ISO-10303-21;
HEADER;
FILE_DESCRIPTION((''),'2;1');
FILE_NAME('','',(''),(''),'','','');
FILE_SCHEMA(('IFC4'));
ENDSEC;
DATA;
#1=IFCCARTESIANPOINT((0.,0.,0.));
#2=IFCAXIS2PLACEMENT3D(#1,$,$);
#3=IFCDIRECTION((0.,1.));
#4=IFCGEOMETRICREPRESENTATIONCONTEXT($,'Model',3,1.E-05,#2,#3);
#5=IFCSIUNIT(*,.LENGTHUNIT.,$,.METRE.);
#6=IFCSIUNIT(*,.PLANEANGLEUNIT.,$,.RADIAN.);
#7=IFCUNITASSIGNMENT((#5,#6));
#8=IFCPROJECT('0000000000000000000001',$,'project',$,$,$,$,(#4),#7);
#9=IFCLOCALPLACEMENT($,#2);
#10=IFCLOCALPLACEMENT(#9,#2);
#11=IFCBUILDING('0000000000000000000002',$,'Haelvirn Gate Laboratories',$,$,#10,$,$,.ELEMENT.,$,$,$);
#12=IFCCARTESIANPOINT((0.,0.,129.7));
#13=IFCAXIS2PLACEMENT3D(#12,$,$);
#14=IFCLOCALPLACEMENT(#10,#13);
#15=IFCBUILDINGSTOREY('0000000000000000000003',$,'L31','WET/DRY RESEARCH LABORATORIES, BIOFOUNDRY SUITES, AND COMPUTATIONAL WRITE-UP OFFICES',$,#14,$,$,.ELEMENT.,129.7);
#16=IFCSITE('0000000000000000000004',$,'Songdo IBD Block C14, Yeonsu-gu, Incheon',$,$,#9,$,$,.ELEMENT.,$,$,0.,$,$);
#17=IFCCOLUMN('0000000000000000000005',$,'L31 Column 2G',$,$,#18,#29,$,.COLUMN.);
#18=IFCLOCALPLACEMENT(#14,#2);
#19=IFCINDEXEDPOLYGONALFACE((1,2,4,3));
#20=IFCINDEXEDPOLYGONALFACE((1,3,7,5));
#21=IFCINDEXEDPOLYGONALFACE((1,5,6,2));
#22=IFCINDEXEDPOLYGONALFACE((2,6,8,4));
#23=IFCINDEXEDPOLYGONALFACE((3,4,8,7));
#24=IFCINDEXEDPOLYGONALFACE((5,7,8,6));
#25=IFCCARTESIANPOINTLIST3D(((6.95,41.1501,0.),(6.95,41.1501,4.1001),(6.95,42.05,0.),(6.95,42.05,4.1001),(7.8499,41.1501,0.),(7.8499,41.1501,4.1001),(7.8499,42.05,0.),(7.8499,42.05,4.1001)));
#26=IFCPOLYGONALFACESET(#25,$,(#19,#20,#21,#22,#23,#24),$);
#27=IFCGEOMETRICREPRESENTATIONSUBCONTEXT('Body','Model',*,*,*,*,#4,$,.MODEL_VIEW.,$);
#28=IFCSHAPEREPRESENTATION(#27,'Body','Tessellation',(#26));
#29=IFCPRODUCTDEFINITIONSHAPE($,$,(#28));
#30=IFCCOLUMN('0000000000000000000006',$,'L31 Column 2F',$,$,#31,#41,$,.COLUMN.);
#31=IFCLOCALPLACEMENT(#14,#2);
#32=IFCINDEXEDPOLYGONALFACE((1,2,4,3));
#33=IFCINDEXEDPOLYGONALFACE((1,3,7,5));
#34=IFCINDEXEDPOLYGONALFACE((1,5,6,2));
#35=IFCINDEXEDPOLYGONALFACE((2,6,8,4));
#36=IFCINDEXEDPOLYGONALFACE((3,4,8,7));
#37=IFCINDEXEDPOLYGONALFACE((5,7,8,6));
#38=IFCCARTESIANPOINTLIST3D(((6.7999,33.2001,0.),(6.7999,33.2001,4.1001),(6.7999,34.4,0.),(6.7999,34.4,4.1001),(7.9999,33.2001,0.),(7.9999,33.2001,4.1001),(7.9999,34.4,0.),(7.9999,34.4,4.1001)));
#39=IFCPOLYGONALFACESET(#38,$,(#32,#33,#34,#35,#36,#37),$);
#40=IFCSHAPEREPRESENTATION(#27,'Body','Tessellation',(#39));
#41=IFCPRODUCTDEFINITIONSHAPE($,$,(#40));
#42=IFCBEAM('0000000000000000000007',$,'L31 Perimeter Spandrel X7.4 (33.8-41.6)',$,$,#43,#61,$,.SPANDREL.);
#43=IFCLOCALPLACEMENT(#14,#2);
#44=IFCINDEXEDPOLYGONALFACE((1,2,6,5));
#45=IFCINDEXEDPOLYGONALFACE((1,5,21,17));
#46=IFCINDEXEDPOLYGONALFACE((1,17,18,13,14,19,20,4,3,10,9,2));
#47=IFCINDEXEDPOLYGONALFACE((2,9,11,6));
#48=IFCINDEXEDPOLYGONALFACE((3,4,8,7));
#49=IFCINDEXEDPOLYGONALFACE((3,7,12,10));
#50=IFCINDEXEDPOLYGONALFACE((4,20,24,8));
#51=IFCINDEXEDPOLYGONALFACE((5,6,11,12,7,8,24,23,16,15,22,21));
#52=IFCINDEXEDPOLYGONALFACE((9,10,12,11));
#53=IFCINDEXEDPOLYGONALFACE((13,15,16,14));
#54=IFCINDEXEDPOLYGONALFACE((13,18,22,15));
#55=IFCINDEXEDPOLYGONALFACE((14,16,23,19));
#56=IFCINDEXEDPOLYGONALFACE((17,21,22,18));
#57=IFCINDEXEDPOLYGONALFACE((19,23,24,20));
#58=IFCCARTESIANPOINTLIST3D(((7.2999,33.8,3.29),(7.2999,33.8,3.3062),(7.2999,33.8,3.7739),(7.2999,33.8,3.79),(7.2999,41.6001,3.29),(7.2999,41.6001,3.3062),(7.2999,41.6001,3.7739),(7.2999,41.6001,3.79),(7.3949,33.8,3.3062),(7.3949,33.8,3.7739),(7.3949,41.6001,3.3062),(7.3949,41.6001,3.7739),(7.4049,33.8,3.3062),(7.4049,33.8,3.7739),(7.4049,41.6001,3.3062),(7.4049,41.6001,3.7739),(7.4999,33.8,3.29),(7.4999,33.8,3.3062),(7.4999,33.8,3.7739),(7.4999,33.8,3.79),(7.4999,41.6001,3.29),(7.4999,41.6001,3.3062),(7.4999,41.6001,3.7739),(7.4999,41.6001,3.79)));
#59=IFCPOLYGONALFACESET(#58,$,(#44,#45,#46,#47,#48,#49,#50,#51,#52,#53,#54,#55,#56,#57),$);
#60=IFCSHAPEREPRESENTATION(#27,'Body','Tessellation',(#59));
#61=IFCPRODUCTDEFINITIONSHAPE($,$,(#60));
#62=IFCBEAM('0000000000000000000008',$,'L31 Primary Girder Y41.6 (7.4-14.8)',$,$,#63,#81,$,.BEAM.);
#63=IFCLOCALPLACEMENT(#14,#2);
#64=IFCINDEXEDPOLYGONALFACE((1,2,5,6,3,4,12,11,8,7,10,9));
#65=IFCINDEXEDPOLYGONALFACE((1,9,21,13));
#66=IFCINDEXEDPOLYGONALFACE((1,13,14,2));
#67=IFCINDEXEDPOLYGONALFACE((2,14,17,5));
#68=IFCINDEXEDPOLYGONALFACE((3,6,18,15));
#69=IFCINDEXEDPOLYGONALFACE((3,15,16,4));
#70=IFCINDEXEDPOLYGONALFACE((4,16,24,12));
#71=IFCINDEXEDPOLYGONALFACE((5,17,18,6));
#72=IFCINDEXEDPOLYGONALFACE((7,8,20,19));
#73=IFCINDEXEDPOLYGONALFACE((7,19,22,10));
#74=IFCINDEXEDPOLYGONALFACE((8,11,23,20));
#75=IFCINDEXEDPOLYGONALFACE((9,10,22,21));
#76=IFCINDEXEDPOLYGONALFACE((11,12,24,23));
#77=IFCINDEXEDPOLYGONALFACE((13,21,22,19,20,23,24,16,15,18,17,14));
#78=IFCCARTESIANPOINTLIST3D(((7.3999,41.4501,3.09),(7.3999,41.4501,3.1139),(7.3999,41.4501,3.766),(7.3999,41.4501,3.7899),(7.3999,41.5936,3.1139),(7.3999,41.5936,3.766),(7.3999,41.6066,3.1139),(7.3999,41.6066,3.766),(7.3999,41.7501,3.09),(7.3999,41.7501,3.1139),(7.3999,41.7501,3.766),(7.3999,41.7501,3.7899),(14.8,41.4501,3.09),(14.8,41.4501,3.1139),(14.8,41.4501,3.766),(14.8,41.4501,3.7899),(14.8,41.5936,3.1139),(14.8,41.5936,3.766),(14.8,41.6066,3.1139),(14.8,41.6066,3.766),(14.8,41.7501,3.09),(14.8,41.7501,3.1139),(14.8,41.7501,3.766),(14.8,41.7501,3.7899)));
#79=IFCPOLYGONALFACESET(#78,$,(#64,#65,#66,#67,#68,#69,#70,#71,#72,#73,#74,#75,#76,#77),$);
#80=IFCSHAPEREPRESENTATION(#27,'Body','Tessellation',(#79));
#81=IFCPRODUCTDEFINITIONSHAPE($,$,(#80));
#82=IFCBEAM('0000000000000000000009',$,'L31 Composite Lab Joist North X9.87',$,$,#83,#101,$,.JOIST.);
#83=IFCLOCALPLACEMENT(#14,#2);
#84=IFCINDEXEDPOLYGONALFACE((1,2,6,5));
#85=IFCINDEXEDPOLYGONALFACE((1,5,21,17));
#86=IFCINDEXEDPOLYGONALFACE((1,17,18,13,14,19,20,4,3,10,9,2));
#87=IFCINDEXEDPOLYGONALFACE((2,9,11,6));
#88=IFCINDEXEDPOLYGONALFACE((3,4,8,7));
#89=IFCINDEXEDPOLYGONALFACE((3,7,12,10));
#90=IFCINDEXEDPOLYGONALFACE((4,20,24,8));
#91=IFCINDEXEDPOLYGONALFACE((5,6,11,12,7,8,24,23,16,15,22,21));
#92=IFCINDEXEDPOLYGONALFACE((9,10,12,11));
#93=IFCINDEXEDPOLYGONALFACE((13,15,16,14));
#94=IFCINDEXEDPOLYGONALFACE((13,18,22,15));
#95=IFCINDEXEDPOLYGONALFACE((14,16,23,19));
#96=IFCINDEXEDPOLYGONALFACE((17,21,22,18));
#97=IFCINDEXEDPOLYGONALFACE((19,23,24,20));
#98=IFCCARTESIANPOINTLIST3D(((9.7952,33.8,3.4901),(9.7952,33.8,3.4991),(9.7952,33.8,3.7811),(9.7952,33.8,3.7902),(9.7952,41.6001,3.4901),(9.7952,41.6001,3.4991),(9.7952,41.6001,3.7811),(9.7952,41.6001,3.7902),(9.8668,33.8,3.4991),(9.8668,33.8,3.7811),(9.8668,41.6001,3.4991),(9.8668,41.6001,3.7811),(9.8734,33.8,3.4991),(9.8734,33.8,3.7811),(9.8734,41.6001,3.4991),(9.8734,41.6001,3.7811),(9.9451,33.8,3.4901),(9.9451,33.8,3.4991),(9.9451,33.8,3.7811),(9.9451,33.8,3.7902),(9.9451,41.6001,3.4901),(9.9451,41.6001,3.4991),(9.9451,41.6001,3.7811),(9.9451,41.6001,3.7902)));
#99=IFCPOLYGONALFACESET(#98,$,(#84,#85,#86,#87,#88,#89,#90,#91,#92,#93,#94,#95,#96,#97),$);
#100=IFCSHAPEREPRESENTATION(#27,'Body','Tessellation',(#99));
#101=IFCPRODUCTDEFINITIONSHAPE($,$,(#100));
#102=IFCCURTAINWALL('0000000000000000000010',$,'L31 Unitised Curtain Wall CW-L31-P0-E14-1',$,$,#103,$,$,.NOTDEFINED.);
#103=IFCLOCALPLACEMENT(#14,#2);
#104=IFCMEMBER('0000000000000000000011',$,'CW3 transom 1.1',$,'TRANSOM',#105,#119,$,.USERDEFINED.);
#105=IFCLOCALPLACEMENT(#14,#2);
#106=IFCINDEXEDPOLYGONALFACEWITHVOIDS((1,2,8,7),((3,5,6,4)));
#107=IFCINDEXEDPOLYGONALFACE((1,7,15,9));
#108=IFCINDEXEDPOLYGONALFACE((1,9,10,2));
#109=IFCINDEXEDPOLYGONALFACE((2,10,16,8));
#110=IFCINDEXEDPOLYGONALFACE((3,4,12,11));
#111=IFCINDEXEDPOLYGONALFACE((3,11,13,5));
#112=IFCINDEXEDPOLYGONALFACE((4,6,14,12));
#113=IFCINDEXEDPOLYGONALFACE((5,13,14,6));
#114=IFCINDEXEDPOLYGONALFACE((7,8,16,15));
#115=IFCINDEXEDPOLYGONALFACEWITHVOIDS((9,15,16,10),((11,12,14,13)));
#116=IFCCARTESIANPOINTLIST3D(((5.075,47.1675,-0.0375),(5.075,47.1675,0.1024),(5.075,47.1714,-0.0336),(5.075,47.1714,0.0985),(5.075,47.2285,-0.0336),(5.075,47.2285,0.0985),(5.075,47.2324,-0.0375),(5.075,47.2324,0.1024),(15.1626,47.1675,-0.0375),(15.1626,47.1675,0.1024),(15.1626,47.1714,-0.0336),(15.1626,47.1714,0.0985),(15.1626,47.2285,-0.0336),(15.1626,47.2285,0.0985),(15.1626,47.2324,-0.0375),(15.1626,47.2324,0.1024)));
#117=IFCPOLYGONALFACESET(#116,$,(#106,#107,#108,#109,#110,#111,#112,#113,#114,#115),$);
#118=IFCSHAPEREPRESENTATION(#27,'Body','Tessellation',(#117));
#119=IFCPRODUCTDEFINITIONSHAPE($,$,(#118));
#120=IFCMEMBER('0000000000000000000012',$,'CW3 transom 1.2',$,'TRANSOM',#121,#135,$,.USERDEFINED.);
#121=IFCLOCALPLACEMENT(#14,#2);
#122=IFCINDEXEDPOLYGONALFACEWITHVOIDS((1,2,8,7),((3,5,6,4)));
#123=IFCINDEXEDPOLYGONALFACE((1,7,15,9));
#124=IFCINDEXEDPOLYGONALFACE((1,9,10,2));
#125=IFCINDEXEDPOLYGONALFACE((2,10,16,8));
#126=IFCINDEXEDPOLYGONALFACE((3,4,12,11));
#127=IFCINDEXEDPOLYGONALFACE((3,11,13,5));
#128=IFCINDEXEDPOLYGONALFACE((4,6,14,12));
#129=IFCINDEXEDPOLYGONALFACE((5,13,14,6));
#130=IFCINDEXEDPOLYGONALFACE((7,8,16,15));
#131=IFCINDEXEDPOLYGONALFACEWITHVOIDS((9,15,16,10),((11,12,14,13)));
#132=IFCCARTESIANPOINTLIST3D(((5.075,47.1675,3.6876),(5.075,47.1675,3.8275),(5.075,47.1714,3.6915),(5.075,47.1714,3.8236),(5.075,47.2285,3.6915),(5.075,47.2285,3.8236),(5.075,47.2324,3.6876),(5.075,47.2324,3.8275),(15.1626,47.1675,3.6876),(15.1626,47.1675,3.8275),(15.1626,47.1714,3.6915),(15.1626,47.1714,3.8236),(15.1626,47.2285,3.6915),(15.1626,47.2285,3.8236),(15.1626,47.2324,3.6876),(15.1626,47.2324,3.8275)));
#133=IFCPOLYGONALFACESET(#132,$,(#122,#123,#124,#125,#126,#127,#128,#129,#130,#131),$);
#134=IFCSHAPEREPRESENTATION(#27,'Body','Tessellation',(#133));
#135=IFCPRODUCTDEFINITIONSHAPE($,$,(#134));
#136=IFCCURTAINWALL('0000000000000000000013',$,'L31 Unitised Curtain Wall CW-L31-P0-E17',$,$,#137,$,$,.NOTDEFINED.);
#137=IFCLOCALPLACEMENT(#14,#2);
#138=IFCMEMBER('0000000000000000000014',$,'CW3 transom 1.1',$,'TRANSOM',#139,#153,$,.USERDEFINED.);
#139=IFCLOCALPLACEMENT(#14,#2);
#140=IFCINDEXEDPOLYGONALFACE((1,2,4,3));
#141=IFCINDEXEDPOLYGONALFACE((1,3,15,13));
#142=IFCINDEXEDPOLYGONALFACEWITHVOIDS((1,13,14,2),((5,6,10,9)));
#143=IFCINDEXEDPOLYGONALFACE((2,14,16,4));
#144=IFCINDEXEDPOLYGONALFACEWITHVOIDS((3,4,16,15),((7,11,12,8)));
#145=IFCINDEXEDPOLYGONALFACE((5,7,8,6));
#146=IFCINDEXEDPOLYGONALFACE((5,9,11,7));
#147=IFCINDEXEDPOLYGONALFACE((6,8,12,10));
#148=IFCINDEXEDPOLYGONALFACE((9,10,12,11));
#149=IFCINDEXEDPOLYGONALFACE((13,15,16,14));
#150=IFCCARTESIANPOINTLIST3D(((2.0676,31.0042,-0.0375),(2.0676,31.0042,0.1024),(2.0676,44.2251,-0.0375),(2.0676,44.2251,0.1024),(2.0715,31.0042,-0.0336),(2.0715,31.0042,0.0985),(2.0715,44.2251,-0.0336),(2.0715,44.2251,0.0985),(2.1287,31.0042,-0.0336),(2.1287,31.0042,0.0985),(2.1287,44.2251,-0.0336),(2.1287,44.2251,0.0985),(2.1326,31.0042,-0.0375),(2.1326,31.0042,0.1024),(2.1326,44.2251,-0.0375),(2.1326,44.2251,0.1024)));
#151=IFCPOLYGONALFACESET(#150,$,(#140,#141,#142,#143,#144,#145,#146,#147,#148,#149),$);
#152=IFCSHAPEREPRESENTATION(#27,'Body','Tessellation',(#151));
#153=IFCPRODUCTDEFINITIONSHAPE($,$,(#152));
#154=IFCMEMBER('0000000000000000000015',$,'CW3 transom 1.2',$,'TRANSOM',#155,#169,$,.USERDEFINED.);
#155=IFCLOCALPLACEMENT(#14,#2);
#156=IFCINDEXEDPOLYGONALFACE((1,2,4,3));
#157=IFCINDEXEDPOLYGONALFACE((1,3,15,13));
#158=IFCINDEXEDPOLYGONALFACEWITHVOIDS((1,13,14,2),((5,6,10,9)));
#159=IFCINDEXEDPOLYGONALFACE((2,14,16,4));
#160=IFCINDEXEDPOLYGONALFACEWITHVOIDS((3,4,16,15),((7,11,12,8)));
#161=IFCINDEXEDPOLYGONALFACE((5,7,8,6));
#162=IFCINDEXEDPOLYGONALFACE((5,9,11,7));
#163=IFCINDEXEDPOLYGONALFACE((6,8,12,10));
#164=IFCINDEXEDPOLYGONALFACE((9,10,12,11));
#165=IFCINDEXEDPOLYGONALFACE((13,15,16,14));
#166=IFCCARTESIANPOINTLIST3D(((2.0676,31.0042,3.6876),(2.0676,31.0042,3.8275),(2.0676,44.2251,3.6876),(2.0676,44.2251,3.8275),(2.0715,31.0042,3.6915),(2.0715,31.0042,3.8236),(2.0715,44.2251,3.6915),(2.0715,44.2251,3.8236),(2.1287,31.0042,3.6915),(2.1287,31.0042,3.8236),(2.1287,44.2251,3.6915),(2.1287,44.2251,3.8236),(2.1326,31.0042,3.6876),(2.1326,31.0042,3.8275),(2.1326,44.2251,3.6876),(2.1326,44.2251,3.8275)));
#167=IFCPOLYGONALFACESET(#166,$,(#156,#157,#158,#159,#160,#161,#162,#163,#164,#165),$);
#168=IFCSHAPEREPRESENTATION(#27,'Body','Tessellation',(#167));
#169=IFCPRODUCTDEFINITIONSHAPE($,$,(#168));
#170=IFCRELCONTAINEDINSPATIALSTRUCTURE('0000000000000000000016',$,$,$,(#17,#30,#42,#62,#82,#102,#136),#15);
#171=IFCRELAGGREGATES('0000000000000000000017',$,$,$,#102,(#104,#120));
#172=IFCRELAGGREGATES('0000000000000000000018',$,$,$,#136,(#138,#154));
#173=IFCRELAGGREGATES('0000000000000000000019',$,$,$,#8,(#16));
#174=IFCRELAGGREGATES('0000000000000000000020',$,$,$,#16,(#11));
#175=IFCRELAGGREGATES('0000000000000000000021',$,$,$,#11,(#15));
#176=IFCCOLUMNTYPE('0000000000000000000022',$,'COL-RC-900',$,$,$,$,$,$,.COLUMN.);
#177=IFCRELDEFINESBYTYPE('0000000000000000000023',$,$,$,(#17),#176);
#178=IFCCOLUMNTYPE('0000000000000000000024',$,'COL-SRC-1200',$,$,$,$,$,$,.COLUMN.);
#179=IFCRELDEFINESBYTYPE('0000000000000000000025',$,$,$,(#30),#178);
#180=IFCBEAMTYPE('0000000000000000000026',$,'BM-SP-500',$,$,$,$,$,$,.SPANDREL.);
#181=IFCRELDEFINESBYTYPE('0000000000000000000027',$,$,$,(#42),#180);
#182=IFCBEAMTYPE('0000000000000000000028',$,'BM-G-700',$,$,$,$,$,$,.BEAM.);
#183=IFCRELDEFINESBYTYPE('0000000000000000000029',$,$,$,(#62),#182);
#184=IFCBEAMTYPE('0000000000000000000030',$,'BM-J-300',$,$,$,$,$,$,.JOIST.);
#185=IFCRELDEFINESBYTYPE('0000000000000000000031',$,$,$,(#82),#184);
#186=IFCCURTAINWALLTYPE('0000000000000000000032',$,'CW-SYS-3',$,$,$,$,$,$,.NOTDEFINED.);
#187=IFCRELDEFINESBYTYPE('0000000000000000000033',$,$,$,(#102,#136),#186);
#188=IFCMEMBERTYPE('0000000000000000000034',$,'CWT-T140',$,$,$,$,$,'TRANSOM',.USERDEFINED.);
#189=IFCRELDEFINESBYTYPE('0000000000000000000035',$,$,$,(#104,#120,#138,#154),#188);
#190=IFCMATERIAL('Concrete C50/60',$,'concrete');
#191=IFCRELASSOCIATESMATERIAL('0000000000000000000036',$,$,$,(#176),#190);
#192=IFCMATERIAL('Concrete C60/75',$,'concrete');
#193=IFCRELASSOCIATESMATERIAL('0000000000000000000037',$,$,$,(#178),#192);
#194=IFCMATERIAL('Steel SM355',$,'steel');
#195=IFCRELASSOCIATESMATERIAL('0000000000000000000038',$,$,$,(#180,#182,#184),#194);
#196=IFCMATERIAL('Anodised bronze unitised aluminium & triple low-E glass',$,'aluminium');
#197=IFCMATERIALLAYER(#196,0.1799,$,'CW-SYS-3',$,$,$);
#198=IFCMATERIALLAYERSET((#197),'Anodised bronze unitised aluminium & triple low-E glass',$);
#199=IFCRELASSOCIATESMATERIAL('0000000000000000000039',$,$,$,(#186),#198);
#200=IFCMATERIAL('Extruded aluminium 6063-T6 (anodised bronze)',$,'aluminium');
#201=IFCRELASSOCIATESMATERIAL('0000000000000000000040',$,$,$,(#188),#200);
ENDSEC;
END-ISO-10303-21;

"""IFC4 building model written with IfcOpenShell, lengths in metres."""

from ifc_helpers import new_model, si_unit, direction, frame, origin, origin_2d, place, context, subcontext, project, spatial, rectangle, hollow_rectangle, i_section, extrude, source, transform, mapped, material, layer, layer_set, material_profile, profile_set, type_object, type_shapes, element, aggregate, save


model = new_model("IFC4")

# Units and contexts
model_context = context("Model", 3, precision=1e-05, world=origin(), true_north=direction((0.0, 1.0)))
body_context = subcontext(model_context, "Body", "Model", "MODEL_VIEW")
ifc_project = project(units=[si_unit("LENGTHUNIT", "METRE"), si_unit("PLANEANGLEUNIT", "RADIAN")], contexts=[model_context])

# Site, building, storey
site_placement = place(None, origin())
site = spatial("IfcSite", under=ifc_project, at=site_placement, Name="Songdo IBD Block C14, Yeonsu-gu, Incheon", CompositionType="ELEMENT", RefElevation=0.0)
building_placement = place(site_placement, origin())
building = spatial("IfcBuilding", under=site, at=building_placement, Name="Haelvirn Gate Laboratories", CompositionType="ELEMENT")
storey_placement = place(building_placement, frame((0.0, 0.0, 129.7)))
storey = spatial("IfcBuildingStorey", under=building, at=storey_placement, Name="L31", Description="WET/DRY RESEARCH LABORATORIES, BIOFOUNDRY SUITES, AND COMPUTATIONAL WRITE-UP OFFICES", CompositionType="ELEMENT", Elevation=129.7)

# Columns
ifc_material_1 = material(Name="Concrete C50/60", Category="concrete")
ifc_material_profile_1 = material_profile(ifc_material_1, rectangle(XDim=0.8999, YDim=0.8999, at=origin_2d()), Name="RC-900x900")
ifc_profile_set_1 = profile_set([ifc_material_profile_1], Name="Concrete C50/60")
column_type_1 = type_object("IfcColumnType", Name="COL-RC-900", PredefinedType="COLUMN", material=ifc_profile_set_1)
shared_shape_1 = source(origin(), body_context, "Body", "SweptSolid", [
    extrude(rectangle(XDim=0.8999, YDim=0.8999, at=origin_2d()), origin(), (0.0, 0.0, 1.0), 4.1001),
])
type_shapes(column_type_1, [shared_shape_1])
column_1_placement = place(storey_placement, frame((7.3999, 41.6001, 0.0), z_axis=(0.0, 0.0, 1.0), x_axis=(1.0, 0.0, 0.0)))
element("IfcColumn", 1, at=column_1_placement, inside=storey, type_object=column_type_1, Name="L31 Column 2G", PredefinedType="COLUMN", context=body_context, shape_type="MappedRepresentation", body=[
    mapped(shared_shape_1, transform((0.0, 0.0, 0.0), scale=1.0)),
])
ifc_material_2 = material(Name="Concrete C60/75", Category="concrete")
ifc_material_profile_2 = material_profile(ifc_material_2, rectangle(XDim=1.2, YDim=1.2, at=origin_2d()), Name="SRC-1200x1200")
ifc_profile_set_2 = profile_set([ifc_material_profile_2], Name="Concrete C60/75")
column_type_2 = type_object("IfcColumnType", Name="COL-SRC-1200", PredefinedType="COLUMN", material=ifc_profile_set_2)
shared_shape_2 = source(origin(), body_context, "Body", "SweptSolid", [
    extrude(rectangle(XDim=1.2, YDim=1.2, at=origin_2d()), origin(), (0.0, 0.0, 1.0), 4.1001),
])
type_shapes(column_type_2, [shared_shape_2])
column_2_placement = place(storey_placement, frame((7.3999, 33.8, 0.0), z_axis=(0.0, 0.0, 1.0), x_axis=(1.0, 0.0, 0.0)))
element("IfcColumn", 2, at=column_2_placement, inside=storey, type_object=column_type_2, Name="L31 Column 2F", PredefinedType="COLUMN", context=body_context, shape_type="MappedRepresentation", body=[
    mapped(shared_shape_2, transform((0.0, 0.0, 0.0), scale=1.0)),
])

# Beams
ifc_material_3 = material(Name="Steel SM355", Category="steel")
ifc_material_profile_3 = material_profile(ifc_material_3, i_section(OverallWidth=0.2, OverallDepth=0.5, WebThickness=0.01, FlangeThickness=0.0161, at=origin_2d()), Name="H-500x200x10x16")
ifc_profile_set_3 = profile_set([ifc_material_profile_3], Name="Steel SM355")
beam_type_1 = type_object("IfcBeamType", Name="BM-SP-500", PredefinedType="SPANDREL", material=ifc_profile_set_3)
shared_shape_3 = source(origin(), body_context, "Body", "SweptSolid", [
    extrude(i_section(OverallWidth=0.2, OverallDepth=0.5, WebThickness=0.01, FlangeThickness=0.0161, at=origin_2d()), origin(), (0.0, 0.0, 1.0), 7.8),
])
type_shapes(beam_type_1, [shared_shape_3])
beam_1_placement = place(storey_placement, frame((7.3999, 33.8, 3.54), z_axis=(0.0, 1.0, 0.0), x_axis=(-1.0, 0.0, 0.0)))
element("IfcBeam", 3, at=beam_1_placement, inside=storey, type_object=beam_type_1, Name="L31 Perimeter Spandrel X7.4 (33.8-41.6)", PredefinedType="SPANDREL", context=body_context, shape_type="MappedRepresentation", body=[
    mapped(shared_shape_3, transform((0.0, 0.0, 0.0), scale=1.0)),
])
ifc_material_profile_4 = material_profile(ifc_material_3, i_section(OverallWidth=0.3, OverallDepth=0.7, WebThickness=0.0129, FlangeThickness=0.0239, at=origin_2d()), Name="H-700x300x13x24")
ifc_profile_set_4 = profile_set([ifc_material_profile_4], Name="Steel SM355")
beam_type_2 = type_object("IfcBeamType", Name="BM-G-700", PredefinedType="BEAM", material=ifc_profile_set_4)
shared_shape_4 = source(origin(), body_context, "Body", "SweptSolid", [
    extrude(i_section(OverallWidth=0.3, OverallDepth=0.7, WebThickness=0.0129, FlangeThickness=0.0239, at=origin_2d()), origin(), (0.0, 0.0, 1.0), 7.4001),
])
type_shapes(beam_type_2, [shared_shape_4])
beam_2_placement = place(storey_placement, frame((7.3999, 41.6001, 3.4399), z_axis=(1.0, 0.0, 0.0), x_axis=(0.0, 1.0, 0.0)))
element("IfcBeam", 4, at=beam_2_placement, inside=storey, type_object=beam_type_2, Name="L31 Primary Girder Y41.6 (7.4-14.8)", PredefinedType="BEAM", context=body_context, shape_type="MappedRepresentation", body=[
    mapped(shared_shape_4, transform((0.0, 0.0, 0.0), scale=1.0)),
])
ifc_material_profile_5 = material_profile(ifc_material_3, i_section(OverallWidth=0.1499, OverallDepth=0.3, WebThickness=0.0066, FlangeThickness=0.009, at=origin_2d()), Name="H-300x150x6.5x9")
ifc_profile_set_5 = profile_set([ifc_material_profile_5], Name="Steel SM355")
beam_type_3 = type_object("IfcBeamType", Name="BM-J-300", PredefinedType="JOIST", material=ifc_profile_set_5)
shared_shape_5 = source(origin(), body_context, "Body", "SweptSolid", [
    extrude(i_section(OverallWidth=0.1499, OverallDepth=0.3, WebThickness=0.0066, FlangeThickness=0.009, at=origin_2d()), origin(), (0.0, 0.0, 1.0), 7.8),
])
type_shapes(beam_type_3, [shared_shape_5])
beam_3_placement = place(storey_placement, frame((9.8701, 33.8, 3.6401), z_axis=(0.0, 1.0, 0.0), x_axis=(-1.0, 0.0, 0.0)))
element("IfcBeam", 5, at=beam_3_placement, inside=storey, type_object=beam_type_3, Name="L31 Composite Lab Joist North X9.87", PredefinedType="JOIST", context=body_context, shape_type="MappedRepresentation", body=[
    mapped(shared_shape_5, transform((0.0, 0.0, 0.0), scale=1.0)),
])

# Curtain walls, members
ifc_material_4 = material(Name="Anodised bronze unitised aluminium & triple low-E glass", Category="aluminium")
ifc_layer_1 = layer(ifc_material_4, 0.1799, Name="CW-SYS-3")
ifc_layer_set_1 = layer_set([ifc_layer_1], Name="Anodised bronze unitised aluminium & triple low-E glass")
curtain_wall_type_1 = type_object("IfcCurtainWallType", Name="CW-SYS-3", PredefinedType="NOTDEFINED", material=ifc_layer_set_1)
curtain_wall_1_placement = place(storey_placement, origin())
curtain_wall_1 = element("IfcCurtainWall", 6, at=curtain_wall_1_placement, inside=storey, type_object=curtain_wall_type_1, Name="L31 Unitised Curtain Wall CW-L31-P0-E14-1", PredefinedType="NOTDEFINED")
ifc_material_5 = material(Name="Extruded aluminium 6063-T6 (anodised bronze)", Category="aluminium")
ifc_material_profile_6 = material_profile(ifc_material_5, hollow_rectangle(XDim=0.0649, YDim=0.1399, WallThickness=0.0039, at=origin_2d()), Name="CWT-140x65x4")
ifc_profile_set_6 = profile_set([ifc_material_profile_6], Name="Extruded aluminium 6063-T6 (anodised bronze)")
member_type_1 = type_object("IfcMemberType", Name="CWT-T140", ElementType="TRANSOM", PredefinedType="USERDEFINED", material=ifc_profile_set_6)
shared_shape_6 = source(origin(), body_context, "Body", "SweptSolid", [
    extrude(hollow_rectangle(XDim=0.0649, YDim=0.1399, WallThickness=0.0039, at=origin_2d()), origin(), (0.0, 0.0, 1.0), 10.0876),
])
member_1_placement = place(storey_placement, frame((5.075, 47.2, 0.0325), z_axis=(1.0, 0.0, 0.0), x_axis=(0.0, 1.0, 0.0)))
member_1 = element("IfcMember", 7, at=member_1_placement, type_object=member_type_1, Name="CW3 transom 1.1", ObjectType="TRANSOM", PredefinedType="USERDEFINED", context=body_context, shape_type="MappedRepresentation", body=[
    mapped(shared_shape_6, transform((0.0, 0.0, 0.0), scale=1.0)),
])
member_2_placement = place(storey_placement, frame((5.075, 47.2, 3.7576), z_axis=(1.0, 0.0, 0.0), x_axis=(0.0, 1.0, 0.0)))
member_2 = element("IfcMember", 8, at=member_2_placement, type_object=member_type_1, Name="CW3 transom 1.2", ObjectType="TRANSOM", PredefinedType="USERDEFINED", context=body_context, shape_type="MappedRepresentation", body=[
    mapped(shared_shape_6, transform((0.0, 0.0, 0.0), scale=1.0)),
])
curtain_wall_2_placement = place(storey_placement, origin())
curtain_wall_2 = element("IfcCurtainWall", 9, at=curtain_wall_2_placement, inside=storey, type_object=curtain_wall_type_1, Name="L31 Unitised Curtain Wall CW-L31-P0-E17", PredefinedType="NOTDEFINED")
shared_shape_7 = source(origin(), body_context, "Body", "SweptSolid", [
    extrude(hollow_rectangle(XDim=0.0649, YDim=0.1399, WallThickness=0.0039, at=origin_2d()), origin(), (0.0, 0.0, 1.0), 13.2209),
])
member_3_placement = place(storey_placement, frame((2.1001, 44.2251, 0.0325), z_axis=(0.0, -1.0, 0.0), x_axis=(1.0, 0.0, 0.0)))
member_3 = element("IfcMember", 10, at=member_3_placement, type_object=member_type_1, Name="CW3 transom 1.1", ObjectType="TRANSOM", PredefinedType="USERDEFINED", context=body_context, shape_type="MappedRepresentation", body=[
    mapped(shared_shape_7, transform((0.0, 0.0, 0.0), scale=1.0)),
])
member_4_placement = place(storey_placement, frame((2.1001, 44.2251, 3.7576), z_axis=(0.0, -1.0, 0.0), x_axis=(1.0, 0.0, 0.0)))
member_4 = element("IfcMember", 11, at=member_4_placement, type_object=member_type_1, Name="CW3 transom 1.2", ObjectType="TRANSOM", PredefinedType="USERDEFINED", context=body_context, shape_type="MappedRepresentation", body=[
    mapped(shared_shape_7, transform((0.0, 0.0, 0.0), scale=1.0)),
])

aggregate(curtain_wall_1, [member_1, member_2])
aggregate(curtain_wall_2, [member_3, member_4])

save(model, "model.ifc")
